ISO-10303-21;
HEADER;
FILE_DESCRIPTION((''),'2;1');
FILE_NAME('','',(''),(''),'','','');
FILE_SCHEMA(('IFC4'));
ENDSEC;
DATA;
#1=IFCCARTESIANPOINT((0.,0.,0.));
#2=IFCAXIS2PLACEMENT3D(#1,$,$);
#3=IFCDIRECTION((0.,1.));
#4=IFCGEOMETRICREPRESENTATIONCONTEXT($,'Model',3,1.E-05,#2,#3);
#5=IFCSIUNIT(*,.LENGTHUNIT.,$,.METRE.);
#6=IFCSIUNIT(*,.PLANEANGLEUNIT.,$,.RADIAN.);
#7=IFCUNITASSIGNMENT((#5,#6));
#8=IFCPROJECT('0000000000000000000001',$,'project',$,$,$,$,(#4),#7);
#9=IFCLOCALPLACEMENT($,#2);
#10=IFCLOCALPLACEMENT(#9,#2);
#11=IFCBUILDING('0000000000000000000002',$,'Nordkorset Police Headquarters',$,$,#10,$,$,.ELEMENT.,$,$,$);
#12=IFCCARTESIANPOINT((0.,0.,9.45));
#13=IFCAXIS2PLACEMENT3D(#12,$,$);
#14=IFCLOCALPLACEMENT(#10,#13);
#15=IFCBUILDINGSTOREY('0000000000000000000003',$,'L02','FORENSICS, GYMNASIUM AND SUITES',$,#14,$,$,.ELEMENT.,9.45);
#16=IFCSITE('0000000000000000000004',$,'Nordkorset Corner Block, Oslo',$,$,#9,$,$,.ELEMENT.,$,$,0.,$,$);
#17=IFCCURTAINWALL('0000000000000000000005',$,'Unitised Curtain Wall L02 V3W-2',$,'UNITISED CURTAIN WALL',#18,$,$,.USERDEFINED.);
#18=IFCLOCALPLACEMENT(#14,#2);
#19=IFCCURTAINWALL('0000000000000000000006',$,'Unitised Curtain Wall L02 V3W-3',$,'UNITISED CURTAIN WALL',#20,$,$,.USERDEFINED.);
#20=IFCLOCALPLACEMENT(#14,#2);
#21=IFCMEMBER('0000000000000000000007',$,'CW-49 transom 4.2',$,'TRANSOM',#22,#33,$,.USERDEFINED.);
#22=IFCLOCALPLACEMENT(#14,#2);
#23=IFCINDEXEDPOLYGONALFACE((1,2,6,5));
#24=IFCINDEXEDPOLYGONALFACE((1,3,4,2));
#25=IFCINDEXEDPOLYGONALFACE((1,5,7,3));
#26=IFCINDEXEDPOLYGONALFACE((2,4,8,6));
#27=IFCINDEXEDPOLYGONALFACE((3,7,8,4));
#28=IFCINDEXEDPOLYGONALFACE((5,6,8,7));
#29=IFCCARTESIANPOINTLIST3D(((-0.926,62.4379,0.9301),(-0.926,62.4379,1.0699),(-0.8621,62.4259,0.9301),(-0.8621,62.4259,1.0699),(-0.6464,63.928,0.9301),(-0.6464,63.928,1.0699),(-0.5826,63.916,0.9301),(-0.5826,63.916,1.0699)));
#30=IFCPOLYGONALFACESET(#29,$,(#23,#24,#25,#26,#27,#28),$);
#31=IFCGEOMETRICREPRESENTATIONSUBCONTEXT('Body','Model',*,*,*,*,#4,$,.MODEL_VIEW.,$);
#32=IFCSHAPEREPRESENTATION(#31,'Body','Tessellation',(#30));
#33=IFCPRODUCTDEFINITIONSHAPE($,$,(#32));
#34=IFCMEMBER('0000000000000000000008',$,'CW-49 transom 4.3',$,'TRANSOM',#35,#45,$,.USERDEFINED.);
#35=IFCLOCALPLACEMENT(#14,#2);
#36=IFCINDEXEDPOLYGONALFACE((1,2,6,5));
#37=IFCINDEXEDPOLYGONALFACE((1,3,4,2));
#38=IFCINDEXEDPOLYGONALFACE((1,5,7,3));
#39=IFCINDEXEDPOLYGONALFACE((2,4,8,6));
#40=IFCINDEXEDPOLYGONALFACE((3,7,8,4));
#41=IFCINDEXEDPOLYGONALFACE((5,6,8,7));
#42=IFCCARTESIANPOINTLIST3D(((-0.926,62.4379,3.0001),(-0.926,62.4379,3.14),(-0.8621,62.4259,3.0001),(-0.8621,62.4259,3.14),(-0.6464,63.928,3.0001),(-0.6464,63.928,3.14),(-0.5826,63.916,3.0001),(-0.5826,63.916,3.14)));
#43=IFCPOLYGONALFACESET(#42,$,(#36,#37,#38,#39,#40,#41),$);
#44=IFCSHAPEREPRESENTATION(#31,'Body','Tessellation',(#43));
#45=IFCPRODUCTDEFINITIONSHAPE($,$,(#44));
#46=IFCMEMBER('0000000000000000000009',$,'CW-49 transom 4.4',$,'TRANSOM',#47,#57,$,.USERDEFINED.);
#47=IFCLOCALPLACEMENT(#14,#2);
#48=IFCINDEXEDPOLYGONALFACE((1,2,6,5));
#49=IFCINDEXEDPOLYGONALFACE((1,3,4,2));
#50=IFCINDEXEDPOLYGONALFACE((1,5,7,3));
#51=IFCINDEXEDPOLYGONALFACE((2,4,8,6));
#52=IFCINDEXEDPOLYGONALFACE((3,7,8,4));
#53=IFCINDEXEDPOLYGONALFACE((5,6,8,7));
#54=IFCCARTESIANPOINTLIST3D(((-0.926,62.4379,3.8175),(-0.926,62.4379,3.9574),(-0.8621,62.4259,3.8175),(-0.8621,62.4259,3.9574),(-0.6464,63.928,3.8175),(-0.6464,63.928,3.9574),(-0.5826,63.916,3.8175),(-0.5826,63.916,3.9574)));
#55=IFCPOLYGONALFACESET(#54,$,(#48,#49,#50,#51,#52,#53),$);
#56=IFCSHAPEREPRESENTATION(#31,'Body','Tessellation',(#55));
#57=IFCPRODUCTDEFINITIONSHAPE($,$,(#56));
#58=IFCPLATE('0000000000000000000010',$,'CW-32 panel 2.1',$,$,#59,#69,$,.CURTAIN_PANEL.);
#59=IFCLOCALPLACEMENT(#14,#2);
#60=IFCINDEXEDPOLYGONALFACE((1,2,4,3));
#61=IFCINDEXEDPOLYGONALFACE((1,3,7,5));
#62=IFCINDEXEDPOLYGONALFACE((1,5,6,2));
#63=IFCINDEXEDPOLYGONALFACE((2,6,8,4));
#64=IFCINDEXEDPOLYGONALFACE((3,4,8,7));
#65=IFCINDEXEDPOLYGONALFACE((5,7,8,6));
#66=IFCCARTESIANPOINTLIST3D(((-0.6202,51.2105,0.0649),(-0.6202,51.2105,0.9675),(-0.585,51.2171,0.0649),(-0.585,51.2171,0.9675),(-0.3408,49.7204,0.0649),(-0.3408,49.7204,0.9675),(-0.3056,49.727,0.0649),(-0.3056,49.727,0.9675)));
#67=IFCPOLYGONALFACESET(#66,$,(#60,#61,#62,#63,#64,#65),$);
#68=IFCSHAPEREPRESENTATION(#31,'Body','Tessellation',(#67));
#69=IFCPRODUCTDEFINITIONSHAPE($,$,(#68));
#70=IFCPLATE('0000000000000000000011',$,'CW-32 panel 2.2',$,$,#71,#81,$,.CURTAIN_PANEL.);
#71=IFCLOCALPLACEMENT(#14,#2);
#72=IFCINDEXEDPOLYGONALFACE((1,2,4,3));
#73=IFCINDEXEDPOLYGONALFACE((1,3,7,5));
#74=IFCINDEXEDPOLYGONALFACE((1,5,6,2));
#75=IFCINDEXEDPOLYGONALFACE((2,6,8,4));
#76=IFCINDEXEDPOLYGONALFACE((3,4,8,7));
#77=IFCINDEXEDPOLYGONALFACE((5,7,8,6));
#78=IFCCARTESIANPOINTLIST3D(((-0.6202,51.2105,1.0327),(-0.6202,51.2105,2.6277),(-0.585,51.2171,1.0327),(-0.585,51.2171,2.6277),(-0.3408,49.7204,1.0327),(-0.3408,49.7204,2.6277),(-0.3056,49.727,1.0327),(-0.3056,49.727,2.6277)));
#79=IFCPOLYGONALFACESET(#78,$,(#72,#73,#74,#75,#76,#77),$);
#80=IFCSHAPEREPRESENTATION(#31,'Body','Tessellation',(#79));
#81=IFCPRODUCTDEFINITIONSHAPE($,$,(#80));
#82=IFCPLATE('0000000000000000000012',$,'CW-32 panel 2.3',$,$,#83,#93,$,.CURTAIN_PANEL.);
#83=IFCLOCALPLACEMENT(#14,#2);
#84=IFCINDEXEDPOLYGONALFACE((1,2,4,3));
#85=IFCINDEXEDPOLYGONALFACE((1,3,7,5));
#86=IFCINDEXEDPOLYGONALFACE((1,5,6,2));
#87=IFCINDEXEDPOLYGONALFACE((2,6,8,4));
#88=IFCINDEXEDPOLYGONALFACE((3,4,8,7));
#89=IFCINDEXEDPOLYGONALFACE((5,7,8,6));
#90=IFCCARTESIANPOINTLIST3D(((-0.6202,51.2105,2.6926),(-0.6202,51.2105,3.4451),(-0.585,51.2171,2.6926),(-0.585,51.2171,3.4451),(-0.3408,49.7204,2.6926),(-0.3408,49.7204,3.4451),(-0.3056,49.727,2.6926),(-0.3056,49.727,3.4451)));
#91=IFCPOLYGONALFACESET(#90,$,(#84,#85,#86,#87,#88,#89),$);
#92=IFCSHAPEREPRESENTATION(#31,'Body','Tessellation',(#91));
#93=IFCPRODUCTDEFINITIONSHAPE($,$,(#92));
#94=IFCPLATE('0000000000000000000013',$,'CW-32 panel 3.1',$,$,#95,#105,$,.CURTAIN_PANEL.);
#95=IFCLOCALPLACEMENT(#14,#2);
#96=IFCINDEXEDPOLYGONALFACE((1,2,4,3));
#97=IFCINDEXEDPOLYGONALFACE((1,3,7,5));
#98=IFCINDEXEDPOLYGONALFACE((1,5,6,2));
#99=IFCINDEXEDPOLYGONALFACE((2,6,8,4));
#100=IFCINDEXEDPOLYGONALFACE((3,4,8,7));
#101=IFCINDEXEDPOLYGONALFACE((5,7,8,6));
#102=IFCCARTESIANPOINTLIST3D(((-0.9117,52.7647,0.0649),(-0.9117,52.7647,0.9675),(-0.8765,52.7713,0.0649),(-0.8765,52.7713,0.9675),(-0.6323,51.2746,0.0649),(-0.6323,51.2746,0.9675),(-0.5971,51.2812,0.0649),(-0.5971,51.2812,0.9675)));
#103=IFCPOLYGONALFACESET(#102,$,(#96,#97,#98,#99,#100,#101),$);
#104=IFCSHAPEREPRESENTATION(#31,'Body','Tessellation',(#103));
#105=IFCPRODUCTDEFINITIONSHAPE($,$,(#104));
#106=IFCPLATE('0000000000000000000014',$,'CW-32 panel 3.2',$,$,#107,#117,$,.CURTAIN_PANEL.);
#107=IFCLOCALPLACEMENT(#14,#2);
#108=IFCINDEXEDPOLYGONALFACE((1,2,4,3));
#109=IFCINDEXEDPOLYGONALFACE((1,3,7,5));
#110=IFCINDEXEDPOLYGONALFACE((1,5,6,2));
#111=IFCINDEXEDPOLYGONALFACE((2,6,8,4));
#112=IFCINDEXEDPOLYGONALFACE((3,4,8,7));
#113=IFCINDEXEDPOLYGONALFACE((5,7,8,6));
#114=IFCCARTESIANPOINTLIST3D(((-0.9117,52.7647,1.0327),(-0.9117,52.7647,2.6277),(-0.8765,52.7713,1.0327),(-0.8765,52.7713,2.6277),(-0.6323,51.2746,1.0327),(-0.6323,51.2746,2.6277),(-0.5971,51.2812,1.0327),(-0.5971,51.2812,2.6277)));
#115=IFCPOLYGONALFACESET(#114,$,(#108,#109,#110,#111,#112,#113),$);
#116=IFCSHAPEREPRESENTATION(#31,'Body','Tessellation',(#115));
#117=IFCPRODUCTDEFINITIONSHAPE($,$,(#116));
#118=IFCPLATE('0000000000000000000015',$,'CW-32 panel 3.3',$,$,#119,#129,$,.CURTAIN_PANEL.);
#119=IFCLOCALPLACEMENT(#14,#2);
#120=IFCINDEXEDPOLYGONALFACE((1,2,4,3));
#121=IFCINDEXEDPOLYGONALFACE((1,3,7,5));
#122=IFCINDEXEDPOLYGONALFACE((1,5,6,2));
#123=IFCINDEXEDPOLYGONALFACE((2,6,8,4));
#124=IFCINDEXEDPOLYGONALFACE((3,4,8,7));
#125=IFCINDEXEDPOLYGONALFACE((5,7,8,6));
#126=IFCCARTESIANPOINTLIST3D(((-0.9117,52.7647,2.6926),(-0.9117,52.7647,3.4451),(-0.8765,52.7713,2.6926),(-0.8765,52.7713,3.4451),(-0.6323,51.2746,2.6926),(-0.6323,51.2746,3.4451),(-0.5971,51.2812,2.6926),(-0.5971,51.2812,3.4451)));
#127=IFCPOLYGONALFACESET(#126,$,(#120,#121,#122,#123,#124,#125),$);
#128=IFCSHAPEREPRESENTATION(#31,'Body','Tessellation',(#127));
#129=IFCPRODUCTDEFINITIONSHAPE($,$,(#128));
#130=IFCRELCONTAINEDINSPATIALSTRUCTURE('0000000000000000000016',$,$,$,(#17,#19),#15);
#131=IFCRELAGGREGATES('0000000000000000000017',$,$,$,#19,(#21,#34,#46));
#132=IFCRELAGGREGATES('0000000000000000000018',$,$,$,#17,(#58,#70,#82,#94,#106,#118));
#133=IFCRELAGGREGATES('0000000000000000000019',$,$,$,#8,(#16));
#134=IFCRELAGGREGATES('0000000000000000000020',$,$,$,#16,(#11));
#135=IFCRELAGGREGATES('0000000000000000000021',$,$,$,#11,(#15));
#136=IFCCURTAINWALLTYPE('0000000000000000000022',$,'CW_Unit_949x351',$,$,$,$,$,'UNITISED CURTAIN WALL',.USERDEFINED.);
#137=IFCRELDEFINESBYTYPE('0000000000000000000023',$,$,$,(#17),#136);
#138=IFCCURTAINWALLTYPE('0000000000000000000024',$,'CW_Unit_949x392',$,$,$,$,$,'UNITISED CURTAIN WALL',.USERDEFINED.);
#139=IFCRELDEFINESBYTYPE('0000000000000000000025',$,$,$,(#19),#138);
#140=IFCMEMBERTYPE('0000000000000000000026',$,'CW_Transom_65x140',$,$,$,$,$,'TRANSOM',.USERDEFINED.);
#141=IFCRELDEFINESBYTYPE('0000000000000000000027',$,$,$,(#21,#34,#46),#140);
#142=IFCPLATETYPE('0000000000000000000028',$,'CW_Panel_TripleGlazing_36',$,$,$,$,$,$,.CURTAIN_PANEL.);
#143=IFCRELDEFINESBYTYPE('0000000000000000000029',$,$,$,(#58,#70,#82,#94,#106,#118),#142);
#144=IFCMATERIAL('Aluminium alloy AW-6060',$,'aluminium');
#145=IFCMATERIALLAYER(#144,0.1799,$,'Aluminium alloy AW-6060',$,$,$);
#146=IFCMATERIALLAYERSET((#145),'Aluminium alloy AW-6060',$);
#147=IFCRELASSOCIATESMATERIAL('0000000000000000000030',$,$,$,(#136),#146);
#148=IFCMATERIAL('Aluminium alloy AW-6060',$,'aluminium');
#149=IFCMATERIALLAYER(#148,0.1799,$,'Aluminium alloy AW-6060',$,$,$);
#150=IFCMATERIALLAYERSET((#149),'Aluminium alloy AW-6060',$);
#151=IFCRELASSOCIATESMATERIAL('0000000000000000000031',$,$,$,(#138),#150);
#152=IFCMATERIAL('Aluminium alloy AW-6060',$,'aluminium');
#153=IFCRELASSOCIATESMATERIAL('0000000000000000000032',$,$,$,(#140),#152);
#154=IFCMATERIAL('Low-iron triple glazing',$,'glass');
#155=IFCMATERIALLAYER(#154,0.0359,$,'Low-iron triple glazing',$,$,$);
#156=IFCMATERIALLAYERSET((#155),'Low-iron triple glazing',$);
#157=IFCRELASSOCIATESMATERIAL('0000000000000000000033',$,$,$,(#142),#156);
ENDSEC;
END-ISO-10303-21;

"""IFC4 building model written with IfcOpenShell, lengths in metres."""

from ifc_helpers import new_model, si_unit, direction, frame, origin, origin_2d, place, context, subcontext, project, spatial, rectangle, extrude, material, layer, layer_set, material_profile, profile_set, type_object, element, aggregate, save


model = new_model("IFC4")

# Units and contexts
model_context = context("Model", 3, precision=1e-05, world=origin(), true_north=direction((0.0, 1.0)))
body_context = subcontext(model_context, "Body", "Model", "MODEL_VIEW")
ifc_project = project(units=[si_unit("LENGTHUNIT", "METRE"), si_unit("PLANEANGLEUNIT", "RADIAN")], contexts=[model_context])

# Site, building, storey
site_placement = place(None, origin())
site = spatial("IfcSite", under=ifc_project, at=site_placement, Name="Nordkorset Corner Block, Oslo", CompositionType="ELEMENT", RefElevation=0.0)
building_placement = place(site_placement, origin())
building = spatial("IfcBuilding", under=site, at=building_placement, Name="Nordkorset Police Headquarters", CompositionType="ELEMENT")
storey_placement = place(building_placement, frame((0.0, 0.0, 9.45)))
storey = spatial("IfcBuildingStorey", under=building, at=storey_placement, Name="L02", Description="FORENSICS, GYMNASIUM AND SUITES", CompositionType="ELEMENT", Elevation=9.45)

# Curtain wall
ifc_material_1 = material(Name="Aluminium alloy AW-6060", Category="aluminium")
ifc_layer_1 = layer(ifc_material_1, 0.1799, Name="Aluminium alloy AW-6060")
ifc_layer_set_1 = layer_set([ifc_layer_1], Name="Aluminium alloy AW-6060")
curtain_wall_type_1 = type_object("IfcCurtainWallType", Name="CW_Unit_949x351", ElementType="UNITISED CURTAIN WALL", PredefinedType="USERDEFINED", material=ifc_layer_set_1)
curtain_wall_1_placement = place(storey_placement, origin())
curtain_wall_1 = element("IfcCurtainWall", 1, at=curtain_wall_1_placement, inside=storey, type_object=curtain_wall_type_1, Name="Unitised Curtain Wall L02 V3W-2", ObjectType="UNITISED CURTAIN WALL", PredefinedType="USERDEFINED")

# Curtain wall
ifc_material_2 = material(Name="Aluminium alloy AW-6060", Category="aluminium")
ifc_layer_2 = layer(ifc_material_2, 0.1799, Name="Aluminium alloy AW-6060")
ifc_layer_set_2 = layer_set([ifc_layer_2], Name="Aluminium alloy AW-6060")
curtain_wall_type_2 = type_object("IfcCurtainWallType", Name="CW_Unit_949x392", ElementType="UNITISED CURTAIN WALL", PredefinedType="USERDEFINED", material=ifc_layer_set_2)
curtain_wall_2_placement = place(storey_placement, origin())
curtain_wall_2 = element("IfcCurtainWall", 2, at=curtain_wall_2_placement, inside=storey, type_object=curtain_wall_type_2, Name="Unitised Curtain Wall L02 V3W-3", ObjectType="UNITISED CURTAIN WALL", PredefinedType="USERDEFINED")

# Members
ifc_material_3 = material(Name="Aluminium alloy AW-6060", Category="aluminium")
ifc_material_profile_1 = material_profile(ifc_material_3, rectangle(XDim=0.0649, YDim=0.1399, at=origin_2d()), Name="ALU TRAN 65x140")
ifc_profile_set_1 = profile_set([ifc_material_profile_1], Name="Aluminium alloy AW-6060")
member_type_1 = type_object("IfcMemberType", Name="CW_Transom_65x140", ElementType="TRANSOM", PredefinedType="USERDEFINED", material=ifc_profile_set_1)
member_1_placement = place(storey_placement, frame((-0.894, 62.4319, 1.0), z_axis=(0.184366, 0.982858, 0.0), x_axis=(-0.982858, 0.184366, 0.0)))
member_1 = element("IfcMember", 3, at=member_1_placement, type_object=member_type_1, Name="CW-49 transom 4.2", ObjectType="TRANSOM", PredefinedType="USERDEFINED", context=body_context, shape_type="SweptSolid", body=[
    extrude(rectangle(XDim=0.0649, YDim=0.1399, at=origin_2d()), origin(), (0.0, 0.0, 1.0), 1.5161),
])
member_2_placement = place(storey_placement, frame((-0.894, 62.4319, 3.0701), z_axis=(0.184366, 0.982858, 0.0), x_axis=(-0.982858, 0.184366, 0.0)))
member_2 = element("IfcMember", 4, at=member_2_placement, type_object=member_type_1, Name="CW-49 transom 4.3", ObjectType="TRANSOM", PredefinedType="USERDEFINED", context=body_context, shape_type="SweptSolid", body=[
    extrude(rectangle(XDim=0.0649, YDim=0.1399, at=origin_2d()), origin(), (0.0, 0.0, 1.0), 1.5161),
])
member_3_placement = place(storey_placement, frame((-0.894, 62.4319, 3.8875), z_axis=(0.184366, 0.982858, 0.0), x_axis=(-0.982858, 0.184366, 0.0)))
member_3 = element("IfcMember", 5, at=member_3_placement, type_object=member_type_1, Name="CW-49 transom 4.4", ObjectType="TRANSOM", PredefinedType="USERDEFINED", context=body_context, shape_type="SweptSolid", body=[
    extrude(rectangle(XDim=0.0649, YDim=0.1399, at=origin_2d()), origin(), (0.0, 0.0, 1.0), 1.5161),
])
aggregate(curtain_wall_2, [member_1, member_2, member_3])

# Plates
ifc_material_4 = material(Name="Low-iron triple glazing", Category="glass")
ifc_layer_3 = layer(ifc_material_4, 0.0359, Name="Low-iron triple glazing")
ifc_layer_set_3 = layer_set([ifc_layer_3], Name="Low-iron triple glazing")
plate_type = type_object("IfcPlateType", Name="CW_Panel_TripleGlazing_36", PredefinedType="CURTAIN_PANEL", material=ifc_layer_set_3)
plate_1_placement = place(storey_placement, frame((-0.4629, 50.4688, 0.0649), z_axis=(0.0, 0.0, 1.0), x_axis=(-0.184289, 0.982872, 0.0)))
plate_1 = element("IfcPlate", 6, at=plate_1_placement, type_object=plate_type, Name="CW-32 panel 2.1", PredefinedType="CURTAIN_PANEL", context=body_context, shape_type="SweptSolid", body=[
    extrude(rectangle(XDim=1.5161, YDim=0.0359, at=origin_2d()), origin(), (0.0, 0.0, 1.0), 0.9026),
])
plate_2_placement = place(storey_placement, frame((-0.4629, 50.4688, 1.0327), z_axis=(0.0, 0.0, 1.0), x_axis=(-0.184289, 0.982872, 0.0)))
plate_2 = element("IfcPlate", 7, at=plate_2_placement, type_object=plate_type, Name="CW-32 panel 2.2", PredefinedType="CURTAIN_PANEL", context=body_context, shape_type="SweptSolid", body=[
    extrude(rectangle(XDim=1.5161, YDim=0.0359, at=origin_2d()), origin(), (0.0, 0.0, 1.0), 1.595),
])
plate_3_placement = place(storey_placement, frame((-0.4629, 50.4688, 2.6926), z_axis=(0.0, 0.0, 1.0), x_axis=(-0.184289, 0.982872, 0.0)))
plate_3 = element("IfcPlate", 8, at=plate_3_placement, type_object=plate_type, Name="CW-32 panel 2.3", PredefinedType="CURTAIN_PANEL", context=body_context, shape_type="SweptSolid", body=[
    extrude(rectangle(XDim=1.5161, YDim=0.0359, at=origin_2d()), origin(), (0.0, 0.0, 1.0), 0.7524),
])
plate_4_placement = place(storey_placement, frame((-0.7544, 52.0229, 0.0649), z_axis=(0.0, 0.0, 1.0), x_axis=(-0.184289, 0.982872, 0.0)))
plate_4 = element("IfcPlate", 9, at=plate_4_placement, type_object=plate_type, Name="CW-32 panel 3.1", PredefinedType="CURTAIN_PANEL", context=body_context, shape_type="SweptSolid", body=[
    extrude(rectangle(XDim=1.5161, YDim=0.0359, at=origin_2d()), origin(), (0.0, 0.0, 1.0), 0.9026),
])
plate_5_placement = place(storey_placement, frame((-0.7544, 52.0229, 1.0327), z_axis=(0.0, 0.0, 1.0), x_axis=(-0.184289, 0.982872, 0.0)))
plate_5 = element("IfcPlate", 10, at=plate_5_placement, type_object=plate_type, Name="CW-32 panel 3.2", PredefinedType="CURTAIN_PANEL", context=body_context, shape_type="SweptSolid", body=[
    extrude(rectangle(XDim=1.5161, YDim=0.0359, at=origin_2d()), origin(), (0.0, 0.0, 1.0), 1.595),
])
plate_6_placement = place(storey_placement, frame((-0.7544, 52.0229, 2.6926), z_axis=(0.0, 0.0, 1.0), x_axis=(-0.184289, 0.982872, 0.0)))
plate_6 = element("IfcPlate", 11, at=plate_6_placement, type_object=plate_type, Name="CW-32 panel 3.3", PredefinedType="CURTAIN_PANEL", context=body_context, shape_type="SweptSolid", body=[
    extrude(rectangle(XDim=1.5161, YDim=0.0359, at=origin_2d()), origin(), (0.0, 0.0, 1.0), 0.7524),
])
aggregate(curtain_wall_1, [plate_1, plate_2, plate_3, plate_4, plate_5, plate_6])

save(model, "model.ifc")
